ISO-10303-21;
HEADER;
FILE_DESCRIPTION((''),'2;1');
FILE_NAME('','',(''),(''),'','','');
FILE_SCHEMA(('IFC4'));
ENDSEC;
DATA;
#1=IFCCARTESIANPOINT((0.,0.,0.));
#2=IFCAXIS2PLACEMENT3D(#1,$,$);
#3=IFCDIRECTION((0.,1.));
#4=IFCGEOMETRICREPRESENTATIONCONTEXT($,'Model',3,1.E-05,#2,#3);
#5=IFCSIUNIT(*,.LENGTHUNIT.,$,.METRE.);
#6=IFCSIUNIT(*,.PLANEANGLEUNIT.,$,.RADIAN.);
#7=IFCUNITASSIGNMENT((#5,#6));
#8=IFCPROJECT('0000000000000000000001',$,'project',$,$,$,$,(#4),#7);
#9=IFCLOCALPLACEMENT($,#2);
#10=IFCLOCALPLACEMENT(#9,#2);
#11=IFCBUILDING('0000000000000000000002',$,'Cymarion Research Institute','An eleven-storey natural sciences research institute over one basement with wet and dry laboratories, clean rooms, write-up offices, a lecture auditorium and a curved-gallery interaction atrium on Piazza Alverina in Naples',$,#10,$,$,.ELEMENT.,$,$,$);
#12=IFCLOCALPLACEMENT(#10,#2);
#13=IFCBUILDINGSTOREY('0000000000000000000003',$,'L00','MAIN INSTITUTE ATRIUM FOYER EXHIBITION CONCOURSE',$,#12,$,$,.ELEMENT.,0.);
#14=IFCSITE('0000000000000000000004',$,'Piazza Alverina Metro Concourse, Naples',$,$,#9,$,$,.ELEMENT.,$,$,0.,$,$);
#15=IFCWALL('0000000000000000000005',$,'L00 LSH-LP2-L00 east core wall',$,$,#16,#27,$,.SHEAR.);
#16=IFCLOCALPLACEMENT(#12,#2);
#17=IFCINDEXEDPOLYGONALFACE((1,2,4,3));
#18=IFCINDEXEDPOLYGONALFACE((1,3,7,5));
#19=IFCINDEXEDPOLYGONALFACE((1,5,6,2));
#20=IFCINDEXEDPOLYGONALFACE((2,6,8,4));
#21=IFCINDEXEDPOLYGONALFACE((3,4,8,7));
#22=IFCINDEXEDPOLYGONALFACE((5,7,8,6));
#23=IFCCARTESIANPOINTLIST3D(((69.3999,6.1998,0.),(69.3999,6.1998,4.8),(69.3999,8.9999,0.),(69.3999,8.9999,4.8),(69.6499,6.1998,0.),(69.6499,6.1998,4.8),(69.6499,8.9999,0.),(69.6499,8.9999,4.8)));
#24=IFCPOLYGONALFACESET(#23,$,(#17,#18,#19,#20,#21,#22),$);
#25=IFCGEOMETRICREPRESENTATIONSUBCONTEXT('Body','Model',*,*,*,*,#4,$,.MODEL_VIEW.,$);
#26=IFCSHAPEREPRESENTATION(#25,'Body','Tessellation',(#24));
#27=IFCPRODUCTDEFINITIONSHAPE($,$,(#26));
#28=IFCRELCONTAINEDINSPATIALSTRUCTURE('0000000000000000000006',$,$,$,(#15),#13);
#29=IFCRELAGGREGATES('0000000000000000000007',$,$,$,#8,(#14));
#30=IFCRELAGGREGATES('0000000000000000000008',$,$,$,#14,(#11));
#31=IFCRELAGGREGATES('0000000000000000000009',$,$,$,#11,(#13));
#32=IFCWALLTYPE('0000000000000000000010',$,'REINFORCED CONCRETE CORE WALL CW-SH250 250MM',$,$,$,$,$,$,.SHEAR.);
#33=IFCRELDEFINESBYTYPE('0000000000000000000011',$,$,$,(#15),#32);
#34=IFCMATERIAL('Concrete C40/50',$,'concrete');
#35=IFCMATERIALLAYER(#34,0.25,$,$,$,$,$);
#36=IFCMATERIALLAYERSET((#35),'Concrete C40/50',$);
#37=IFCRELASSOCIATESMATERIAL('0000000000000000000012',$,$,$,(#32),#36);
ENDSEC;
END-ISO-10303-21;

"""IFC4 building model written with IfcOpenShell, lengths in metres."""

from ifc_helpers import new_model, si_unit, direction, frame, frame_2d, origin, place, context, subcontext, project, spatial, rectangle, extrude, material, layer, layer_set, type_object, element, save


model = new_model("IFC4")

# Units and contexts
model_context = context("Model", 3, precision=1e-05, world=origin(), true_north=direction((0.0, 1.0)))
body_context = subcontext(model_context, "Body", "Model", "MODEL_VIEW")
ifc_project = project(units=[si_unit("LENGTHUNIT", "METRE"), si_unit("PLANEANGLEUNIT", "RADIAN")], contexts=[model_context])

# Site, building, storey
site_placement = place(None, origin())
site = spatial("IfcSite", under=ifc_project, at=site_placement, Name="Piazza Alverina Metro Concourse, Naples", CompositionType="ELEMENT", RefElevation=0.0)
building_placement = place(site_placement, origin())
building = spatial("IfcBuilding", under=site, at=building_placement, Name="Cymarion Research Institute", Description="An eleven-storey natural sciences research institute over one basement with wet and dry laboratories, clean rooms, write-up offices, a lecture auditorium and a curved-gallery interaction atrium on Piazza Alverina in Naples", CompositionType="ELEMENT")
storey_placement = place(building_placement, origin())
storey = spatial("IfcBuildingStorey", under=building, at=storey_placement, Name="L00", Description="MAIN INSTITUTE ATRIUM FOYER EXHIBITION CONCOURSE", CompositionType="ELEMENT", Elevation=0.0)

# Shared definitions
ifc_material_1 = material(Name="Concrete C40/50", Category="concrete")

# Shared definitions
ifc_layer = layer(ifc_material_1, 0.25)
ifc_layer_set = layer_set([ifc_layer], Name="Concrete C40/50")
wall_type = type_object("IfcWallType", Name="REINFORCED CONCRETE CORE WALL CW-SH250 250MM", PredefinedType="SHEAR", material=ifc_layer_set)

# Wall
wall_1_placement = place(storey_placement, frame((69.5249, 6.2, 0.0), z_axis=(0.0, 0.0, 1.0), x_axis=(0.0, 1.0, 0.0)))
element("IfcWall", 1, at=wall_1_placement, inside=storey, type_object=wall_type, Name="L00 LSH-LP2-L00 east core wall", PredefinedType="SHEAR", context=body_context, shape_type="SweptSolid", body=[
    extrude(rectangle(XDim=2.8, YDim=0.25, at=frame_2d((1.3999, 0.0))), origin(), (0.0, 0.0, 1.0), 4.8),
])

save(model, "model.ifc")
